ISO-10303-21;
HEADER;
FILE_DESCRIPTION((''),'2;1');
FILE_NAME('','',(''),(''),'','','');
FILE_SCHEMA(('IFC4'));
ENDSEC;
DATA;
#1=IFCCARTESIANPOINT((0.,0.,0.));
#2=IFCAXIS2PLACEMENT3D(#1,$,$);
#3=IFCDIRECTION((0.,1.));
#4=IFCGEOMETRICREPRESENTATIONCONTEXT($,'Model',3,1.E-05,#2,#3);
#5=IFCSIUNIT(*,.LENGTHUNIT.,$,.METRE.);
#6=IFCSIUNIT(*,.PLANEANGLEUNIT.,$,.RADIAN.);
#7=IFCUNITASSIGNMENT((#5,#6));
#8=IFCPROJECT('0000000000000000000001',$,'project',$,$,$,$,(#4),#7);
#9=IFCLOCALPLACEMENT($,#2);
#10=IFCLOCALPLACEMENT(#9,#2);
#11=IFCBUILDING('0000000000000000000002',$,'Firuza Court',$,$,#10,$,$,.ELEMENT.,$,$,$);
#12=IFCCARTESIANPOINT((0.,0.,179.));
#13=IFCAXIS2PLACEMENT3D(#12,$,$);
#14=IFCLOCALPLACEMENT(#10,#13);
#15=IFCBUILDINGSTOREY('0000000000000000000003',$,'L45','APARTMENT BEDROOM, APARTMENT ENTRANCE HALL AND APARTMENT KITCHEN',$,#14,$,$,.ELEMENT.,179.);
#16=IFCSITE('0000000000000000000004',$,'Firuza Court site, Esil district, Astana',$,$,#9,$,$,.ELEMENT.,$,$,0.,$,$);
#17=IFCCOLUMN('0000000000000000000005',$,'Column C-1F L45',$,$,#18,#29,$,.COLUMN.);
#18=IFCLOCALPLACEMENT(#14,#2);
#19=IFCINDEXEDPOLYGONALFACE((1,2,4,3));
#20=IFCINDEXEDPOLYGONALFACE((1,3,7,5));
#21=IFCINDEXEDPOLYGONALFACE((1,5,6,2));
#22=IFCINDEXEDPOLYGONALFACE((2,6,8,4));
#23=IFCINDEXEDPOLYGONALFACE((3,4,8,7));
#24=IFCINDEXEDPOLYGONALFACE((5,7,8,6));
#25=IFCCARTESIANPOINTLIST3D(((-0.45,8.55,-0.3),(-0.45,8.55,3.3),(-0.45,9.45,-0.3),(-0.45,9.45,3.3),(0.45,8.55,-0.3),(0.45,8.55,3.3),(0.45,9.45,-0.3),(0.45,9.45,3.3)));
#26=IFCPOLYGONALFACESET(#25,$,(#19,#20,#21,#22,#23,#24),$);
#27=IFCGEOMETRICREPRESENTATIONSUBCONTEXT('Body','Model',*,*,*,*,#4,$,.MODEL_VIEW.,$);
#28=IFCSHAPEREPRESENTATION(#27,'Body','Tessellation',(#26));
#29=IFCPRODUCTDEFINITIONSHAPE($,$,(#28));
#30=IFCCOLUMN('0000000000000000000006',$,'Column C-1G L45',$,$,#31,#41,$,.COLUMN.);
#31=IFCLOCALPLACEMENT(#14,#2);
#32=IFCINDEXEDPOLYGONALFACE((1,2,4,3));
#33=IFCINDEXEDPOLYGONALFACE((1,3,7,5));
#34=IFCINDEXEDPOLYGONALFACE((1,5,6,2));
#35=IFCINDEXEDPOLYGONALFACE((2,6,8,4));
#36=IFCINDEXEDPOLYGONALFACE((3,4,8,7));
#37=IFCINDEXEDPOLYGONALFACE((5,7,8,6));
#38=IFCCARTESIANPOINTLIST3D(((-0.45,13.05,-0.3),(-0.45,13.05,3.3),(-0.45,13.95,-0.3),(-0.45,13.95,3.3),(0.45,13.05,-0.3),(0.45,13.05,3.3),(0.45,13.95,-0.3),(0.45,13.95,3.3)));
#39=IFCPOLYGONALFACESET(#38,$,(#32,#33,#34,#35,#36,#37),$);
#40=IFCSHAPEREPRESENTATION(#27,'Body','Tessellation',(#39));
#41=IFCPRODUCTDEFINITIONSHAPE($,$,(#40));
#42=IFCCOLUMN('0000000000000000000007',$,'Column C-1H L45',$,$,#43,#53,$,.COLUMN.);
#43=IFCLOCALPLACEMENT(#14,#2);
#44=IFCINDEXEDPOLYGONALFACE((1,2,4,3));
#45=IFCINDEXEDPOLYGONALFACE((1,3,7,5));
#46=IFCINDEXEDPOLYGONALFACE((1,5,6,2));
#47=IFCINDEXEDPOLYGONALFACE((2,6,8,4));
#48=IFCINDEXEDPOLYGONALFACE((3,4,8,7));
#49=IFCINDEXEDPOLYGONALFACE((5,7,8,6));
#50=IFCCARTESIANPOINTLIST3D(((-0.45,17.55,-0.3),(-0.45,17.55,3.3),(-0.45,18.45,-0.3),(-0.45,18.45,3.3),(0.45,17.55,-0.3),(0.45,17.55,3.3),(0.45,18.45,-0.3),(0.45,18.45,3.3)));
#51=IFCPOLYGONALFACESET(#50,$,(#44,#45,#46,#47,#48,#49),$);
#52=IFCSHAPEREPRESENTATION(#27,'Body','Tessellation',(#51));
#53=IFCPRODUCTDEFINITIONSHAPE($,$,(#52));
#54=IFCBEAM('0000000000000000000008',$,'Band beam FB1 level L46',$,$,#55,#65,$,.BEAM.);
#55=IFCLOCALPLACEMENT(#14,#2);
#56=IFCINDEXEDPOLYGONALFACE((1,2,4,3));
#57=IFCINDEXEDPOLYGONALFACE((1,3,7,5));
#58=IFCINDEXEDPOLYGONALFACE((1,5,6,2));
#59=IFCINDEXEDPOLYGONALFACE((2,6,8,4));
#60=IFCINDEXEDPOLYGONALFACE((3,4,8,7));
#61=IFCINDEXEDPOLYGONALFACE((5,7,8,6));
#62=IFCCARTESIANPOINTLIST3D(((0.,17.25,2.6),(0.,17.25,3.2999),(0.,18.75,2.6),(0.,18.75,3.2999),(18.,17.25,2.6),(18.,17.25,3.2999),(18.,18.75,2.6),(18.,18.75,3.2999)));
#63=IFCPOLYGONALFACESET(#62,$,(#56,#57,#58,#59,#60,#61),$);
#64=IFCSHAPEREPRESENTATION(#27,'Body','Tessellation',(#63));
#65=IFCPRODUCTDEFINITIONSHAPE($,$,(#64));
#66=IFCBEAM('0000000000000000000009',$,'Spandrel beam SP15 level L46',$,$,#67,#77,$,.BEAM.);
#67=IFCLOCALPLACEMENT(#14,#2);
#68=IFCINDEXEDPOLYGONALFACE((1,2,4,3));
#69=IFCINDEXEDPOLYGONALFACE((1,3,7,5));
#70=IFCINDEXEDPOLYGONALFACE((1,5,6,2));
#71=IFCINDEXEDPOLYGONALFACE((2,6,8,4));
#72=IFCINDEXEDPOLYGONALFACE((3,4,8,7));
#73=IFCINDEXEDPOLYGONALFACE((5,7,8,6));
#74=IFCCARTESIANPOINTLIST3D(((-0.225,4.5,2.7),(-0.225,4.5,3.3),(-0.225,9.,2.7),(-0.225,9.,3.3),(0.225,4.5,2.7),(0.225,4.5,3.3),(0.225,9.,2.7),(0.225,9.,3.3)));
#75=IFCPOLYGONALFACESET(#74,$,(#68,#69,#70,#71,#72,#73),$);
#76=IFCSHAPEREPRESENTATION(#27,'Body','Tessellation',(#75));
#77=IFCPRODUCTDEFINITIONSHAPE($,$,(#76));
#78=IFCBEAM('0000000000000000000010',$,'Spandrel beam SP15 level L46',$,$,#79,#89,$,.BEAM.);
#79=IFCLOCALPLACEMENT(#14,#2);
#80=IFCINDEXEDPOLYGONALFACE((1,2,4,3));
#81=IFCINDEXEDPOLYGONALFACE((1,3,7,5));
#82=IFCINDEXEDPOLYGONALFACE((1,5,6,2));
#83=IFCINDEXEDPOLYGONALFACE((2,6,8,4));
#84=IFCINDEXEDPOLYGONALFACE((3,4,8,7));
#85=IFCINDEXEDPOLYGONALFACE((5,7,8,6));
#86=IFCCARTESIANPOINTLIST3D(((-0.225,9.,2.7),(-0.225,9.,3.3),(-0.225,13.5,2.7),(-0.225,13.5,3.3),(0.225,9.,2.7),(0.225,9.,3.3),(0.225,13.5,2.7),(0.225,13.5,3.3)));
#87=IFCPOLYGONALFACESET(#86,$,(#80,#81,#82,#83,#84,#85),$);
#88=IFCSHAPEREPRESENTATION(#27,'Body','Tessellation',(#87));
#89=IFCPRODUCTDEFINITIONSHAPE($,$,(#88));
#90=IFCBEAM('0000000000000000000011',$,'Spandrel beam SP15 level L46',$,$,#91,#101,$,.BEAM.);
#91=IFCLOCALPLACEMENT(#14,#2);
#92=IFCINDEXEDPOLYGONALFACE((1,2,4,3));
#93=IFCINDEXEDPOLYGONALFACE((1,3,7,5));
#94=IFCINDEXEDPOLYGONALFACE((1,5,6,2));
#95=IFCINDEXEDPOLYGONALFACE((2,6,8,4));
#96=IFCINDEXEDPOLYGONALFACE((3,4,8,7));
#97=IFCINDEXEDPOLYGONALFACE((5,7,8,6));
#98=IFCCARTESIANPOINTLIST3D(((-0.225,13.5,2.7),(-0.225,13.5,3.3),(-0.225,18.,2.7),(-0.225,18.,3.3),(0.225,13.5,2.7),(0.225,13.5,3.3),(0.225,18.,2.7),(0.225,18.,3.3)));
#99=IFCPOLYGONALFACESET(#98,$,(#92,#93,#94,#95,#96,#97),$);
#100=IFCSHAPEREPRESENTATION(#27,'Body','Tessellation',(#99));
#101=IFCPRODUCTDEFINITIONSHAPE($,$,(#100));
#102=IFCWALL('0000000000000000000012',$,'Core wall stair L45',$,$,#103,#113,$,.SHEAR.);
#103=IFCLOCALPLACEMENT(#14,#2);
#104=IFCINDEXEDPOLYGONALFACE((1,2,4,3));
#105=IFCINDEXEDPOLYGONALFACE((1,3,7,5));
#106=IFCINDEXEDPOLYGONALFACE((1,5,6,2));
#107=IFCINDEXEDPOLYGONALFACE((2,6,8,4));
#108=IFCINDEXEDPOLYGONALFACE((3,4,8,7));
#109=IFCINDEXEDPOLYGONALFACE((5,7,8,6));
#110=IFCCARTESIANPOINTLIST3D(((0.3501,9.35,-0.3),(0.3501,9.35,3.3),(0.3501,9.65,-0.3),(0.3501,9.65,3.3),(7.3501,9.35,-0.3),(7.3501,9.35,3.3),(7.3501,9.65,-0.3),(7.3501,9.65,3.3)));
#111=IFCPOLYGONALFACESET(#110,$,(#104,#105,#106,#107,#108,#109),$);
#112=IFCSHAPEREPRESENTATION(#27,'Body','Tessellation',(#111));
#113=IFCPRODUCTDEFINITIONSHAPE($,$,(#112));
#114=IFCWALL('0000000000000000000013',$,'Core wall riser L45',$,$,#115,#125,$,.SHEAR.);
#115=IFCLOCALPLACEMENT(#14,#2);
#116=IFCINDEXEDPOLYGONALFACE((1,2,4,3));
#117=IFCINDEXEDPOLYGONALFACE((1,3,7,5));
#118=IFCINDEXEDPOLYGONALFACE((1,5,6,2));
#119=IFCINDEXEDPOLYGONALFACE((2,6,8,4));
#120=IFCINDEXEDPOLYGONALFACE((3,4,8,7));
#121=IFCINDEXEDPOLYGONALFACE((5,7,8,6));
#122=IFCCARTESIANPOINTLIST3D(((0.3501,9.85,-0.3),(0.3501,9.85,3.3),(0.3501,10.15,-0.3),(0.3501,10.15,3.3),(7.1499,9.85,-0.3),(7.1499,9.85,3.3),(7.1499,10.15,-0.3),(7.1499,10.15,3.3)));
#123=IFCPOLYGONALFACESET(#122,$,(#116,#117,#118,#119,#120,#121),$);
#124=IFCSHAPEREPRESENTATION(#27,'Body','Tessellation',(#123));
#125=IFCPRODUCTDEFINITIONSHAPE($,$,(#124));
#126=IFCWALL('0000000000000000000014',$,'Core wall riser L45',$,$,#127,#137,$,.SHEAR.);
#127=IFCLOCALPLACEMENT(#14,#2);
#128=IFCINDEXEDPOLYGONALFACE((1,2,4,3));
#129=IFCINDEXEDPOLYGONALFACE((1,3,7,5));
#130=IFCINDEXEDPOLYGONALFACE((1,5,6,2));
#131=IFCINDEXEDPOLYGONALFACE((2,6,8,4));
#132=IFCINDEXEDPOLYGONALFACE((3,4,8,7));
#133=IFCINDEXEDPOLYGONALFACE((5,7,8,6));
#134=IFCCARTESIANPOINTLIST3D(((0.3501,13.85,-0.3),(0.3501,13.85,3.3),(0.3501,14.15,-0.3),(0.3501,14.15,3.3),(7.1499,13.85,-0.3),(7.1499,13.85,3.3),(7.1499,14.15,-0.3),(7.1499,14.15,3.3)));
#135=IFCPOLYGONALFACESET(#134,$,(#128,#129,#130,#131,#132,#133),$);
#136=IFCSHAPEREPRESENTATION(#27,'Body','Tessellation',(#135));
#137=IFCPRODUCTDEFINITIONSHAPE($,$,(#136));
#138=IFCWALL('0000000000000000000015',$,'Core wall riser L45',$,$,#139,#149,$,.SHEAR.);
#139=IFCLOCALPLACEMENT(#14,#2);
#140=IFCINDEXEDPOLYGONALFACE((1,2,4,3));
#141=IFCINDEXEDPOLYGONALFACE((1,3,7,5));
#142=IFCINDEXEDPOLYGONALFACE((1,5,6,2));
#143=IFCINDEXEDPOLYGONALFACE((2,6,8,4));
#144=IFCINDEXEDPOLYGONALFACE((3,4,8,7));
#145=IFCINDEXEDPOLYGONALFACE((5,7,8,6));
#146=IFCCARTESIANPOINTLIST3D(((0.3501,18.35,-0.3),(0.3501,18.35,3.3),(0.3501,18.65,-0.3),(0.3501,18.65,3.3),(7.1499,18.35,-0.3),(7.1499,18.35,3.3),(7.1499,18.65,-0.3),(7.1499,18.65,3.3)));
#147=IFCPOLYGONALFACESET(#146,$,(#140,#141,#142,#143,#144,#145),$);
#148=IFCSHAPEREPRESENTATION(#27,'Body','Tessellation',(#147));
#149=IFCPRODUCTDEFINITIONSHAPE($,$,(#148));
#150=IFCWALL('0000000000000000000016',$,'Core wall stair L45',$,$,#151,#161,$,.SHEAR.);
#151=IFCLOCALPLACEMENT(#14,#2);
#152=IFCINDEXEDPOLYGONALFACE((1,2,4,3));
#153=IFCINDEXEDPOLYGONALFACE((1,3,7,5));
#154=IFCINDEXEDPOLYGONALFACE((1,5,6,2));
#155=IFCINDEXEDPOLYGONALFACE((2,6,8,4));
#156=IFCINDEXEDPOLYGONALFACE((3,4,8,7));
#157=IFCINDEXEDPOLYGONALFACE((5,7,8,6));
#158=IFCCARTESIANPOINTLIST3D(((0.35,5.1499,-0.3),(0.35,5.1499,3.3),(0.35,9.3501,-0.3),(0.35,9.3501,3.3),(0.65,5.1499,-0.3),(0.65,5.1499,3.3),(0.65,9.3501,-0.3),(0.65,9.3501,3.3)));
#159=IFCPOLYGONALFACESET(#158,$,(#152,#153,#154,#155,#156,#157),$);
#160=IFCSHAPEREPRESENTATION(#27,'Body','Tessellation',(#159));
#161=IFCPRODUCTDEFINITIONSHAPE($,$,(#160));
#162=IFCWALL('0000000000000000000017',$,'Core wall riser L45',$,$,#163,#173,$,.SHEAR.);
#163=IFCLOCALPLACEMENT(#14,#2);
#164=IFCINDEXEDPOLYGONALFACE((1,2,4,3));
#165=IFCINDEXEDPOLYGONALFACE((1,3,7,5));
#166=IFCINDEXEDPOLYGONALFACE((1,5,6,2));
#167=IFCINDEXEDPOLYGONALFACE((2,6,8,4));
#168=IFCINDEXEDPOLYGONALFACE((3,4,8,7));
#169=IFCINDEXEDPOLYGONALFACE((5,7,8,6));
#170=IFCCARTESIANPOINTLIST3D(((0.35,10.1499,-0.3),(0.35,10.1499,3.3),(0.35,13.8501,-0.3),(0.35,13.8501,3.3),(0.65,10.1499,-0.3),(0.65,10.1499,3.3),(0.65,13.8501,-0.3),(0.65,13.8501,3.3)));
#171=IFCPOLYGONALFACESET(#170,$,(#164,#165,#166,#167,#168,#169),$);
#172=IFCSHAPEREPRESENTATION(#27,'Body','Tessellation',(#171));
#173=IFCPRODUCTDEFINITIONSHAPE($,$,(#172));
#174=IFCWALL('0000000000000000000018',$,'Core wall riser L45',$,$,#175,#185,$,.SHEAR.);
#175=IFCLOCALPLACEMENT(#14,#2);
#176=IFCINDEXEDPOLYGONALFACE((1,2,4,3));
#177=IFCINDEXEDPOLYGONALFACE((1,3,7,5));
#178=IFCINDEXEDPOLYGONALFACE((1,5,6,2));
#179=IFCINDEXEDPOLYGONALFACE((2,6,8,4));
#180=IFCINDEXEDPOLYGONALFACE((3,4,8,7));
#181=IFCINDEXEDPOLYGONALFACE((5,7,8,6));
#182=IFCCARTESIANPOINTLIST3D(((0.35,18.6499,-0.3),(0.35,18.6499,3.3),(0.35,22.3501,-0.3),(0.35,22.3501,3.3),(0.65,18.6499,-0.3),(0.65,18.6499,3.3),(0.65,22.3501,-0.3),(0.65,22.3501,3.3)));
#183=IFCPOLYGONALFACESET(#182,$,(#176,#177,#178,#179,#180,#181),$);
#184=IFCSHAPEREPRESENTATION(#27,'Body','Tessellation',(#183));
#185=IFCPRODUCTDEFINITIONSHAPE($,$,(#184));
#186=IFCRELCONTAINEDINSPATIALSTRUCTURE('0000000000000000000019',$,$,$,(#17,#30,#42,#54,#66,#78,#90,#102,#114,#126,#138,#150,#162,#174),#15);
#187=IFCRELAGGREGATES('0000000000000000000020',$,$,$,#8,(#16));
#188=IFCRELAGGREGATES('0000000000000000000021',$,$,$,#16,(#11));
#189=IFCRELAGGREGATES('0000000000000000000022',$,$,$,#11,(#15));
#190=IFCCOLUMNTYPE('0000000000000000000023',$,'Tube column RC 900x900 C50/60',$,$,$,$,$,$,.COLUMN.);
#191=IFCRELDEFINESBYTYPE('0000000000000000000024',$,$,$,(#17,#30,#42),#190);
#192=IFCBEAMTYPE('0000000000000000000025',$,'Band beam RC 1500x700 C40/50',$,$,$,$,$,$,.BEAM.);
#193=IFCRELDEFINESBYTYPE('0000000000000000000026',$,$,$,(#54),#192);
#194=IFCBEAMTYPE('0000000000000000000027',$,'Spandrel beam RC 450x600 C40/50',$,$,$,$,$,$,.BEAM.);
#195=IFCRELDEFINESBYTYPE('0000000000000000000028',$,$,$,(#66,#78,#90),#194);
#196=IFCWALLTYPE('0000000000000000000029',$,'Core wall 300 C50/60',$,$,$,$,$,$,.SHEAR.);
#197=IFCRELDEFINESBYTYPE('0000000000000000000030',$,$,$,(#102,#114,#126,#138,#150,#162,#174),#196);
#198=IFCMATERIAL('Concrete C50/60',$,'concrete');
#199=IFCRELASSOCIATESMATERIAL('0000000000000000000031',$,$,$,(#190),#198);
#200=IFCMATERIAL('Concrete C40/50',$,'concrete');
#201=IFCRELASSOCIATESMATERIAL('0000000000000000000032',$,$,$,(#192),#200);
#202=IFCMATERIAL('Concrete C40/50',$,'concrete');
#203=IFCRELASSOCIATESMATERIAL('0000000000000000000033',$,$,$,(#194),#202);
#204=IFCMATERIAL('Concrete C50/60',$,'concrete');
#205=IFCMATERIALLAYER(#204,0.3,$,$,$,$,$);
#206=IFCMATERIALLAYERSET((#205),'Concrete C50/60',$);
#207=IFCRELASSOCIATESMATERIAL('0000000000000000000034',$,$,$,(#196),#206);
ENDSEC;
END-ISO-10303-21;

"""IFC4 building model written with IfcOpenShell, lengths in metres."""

from ifc_helpers import new_model, si_unit, direction, frame, frame_2d, origin, origin_2d, place, context, subcontext, project, spatial, rectangle, extrude, material, layer, layer_set, material_profile, profile_set, type_object, element, save


model = new_model("IFC4")

# Units and contexts
model_context = context("Model", 3, precision=1e-05, world=origin(), true_north=direction((0.0, 1.0)))
body_context = subcontext(model_context, "Body", "Model", "MODEL_VIEW")
ifc_project = project(units=[si_unit("LENGTHUNIT", "METRE"), si_unit("PLANEANGLEUNIT", "RADIAN")], contexts=[model_context])

# Site, building, storey
site_placement = place(None, origin())
site = spatial("IfcSite", under=ifc_project, at=site_placement, Name="Firuza Court site, Esil district, Astana", CompositionType="ELEMENT", RefElevation=0.0)
building_placement = place(site_placement, origin())
building = spatial("IfcBuilding", under=site, at=building_placement, Name="Firuza Court", CompositionType="ELEMENT")
storey_placement = place(building_placement, frame((0.0, 0.0, 179.0)))
storey = spatial("IfcBuildingStorey", under=building, at=storey_placement, Name="L45", Description="APARTMENT BEDROOM, APARTMENT ENTRANCE HALL AND APARTMENT KITCHEN", CompositionType="ELEMENT", Elevation=179.0)

# Columns
ifc_material_1 = material(Name="Concrete C50/60", Category="concrete")
ifc_material_profile_1 = material_profile(ifc_material_1, rectangle(XDim=0.8999, YDim=0.8999, at=origin_2d()), Name="RC 900x900")
ifc_profile_set_1 = profile_set([ifc_material_profile_1], Name="Concrete C50/60")
column_type = type_object("IfcColumnType", Name="Tube column RC 900x900 C50/60", PredefinedType="COLUMN", material=ifc_profile_set_1)
for number, where, z_axis, x_axis, name in (
    (1, (0.0, 9.0, -0.3), (0.0, 0.0, 1.0), (1.0, 0.0, 0.0), "Column C-1F L45"),
    (2, (0.0, 13.5, -0.3), (0.0, 0.0, 1.0), (1.0, 0.0, 0.0), "Column C-1G L45"),
    (3, (0.0, 18.0, -0.3), (0.0, 0.0, 1.0), (1.0, 0.0, 0.0), "Column C-1H L45"),
):
    element("IfcColumn", number, at=place(storey_placement, frame(where, z_axis=z_axis, x_axis=x_axis)), inside=storey, type_object=column_type, Name=name, PredefinedType="COLUMN", context=body_context, shape_type="SweptSolid", body=[
        extrude(rectangle(XDim=0.8999, YDim=0.8999, at=origin_2d()), origin(), (0.0, 0.0, 1.0), 3.6001),
    ])

# Beams
ifc_material_2 = material(Name="Concrete C40/50", Category="concrete")
ifc_material_profile_2 = material_profile(ifc_material_2, rectangle(XDim=1.5, YDim=0.7, at=origin_2d()), Name="RC 1500x700")
ifc_profile_set_2 = profile_set([ifc_material_profile_2], Name="Concrete C40/50")
beam_type_1 = type_object("IfcBeamType", Name="Band beam RC 1500x700 C40/50", PredefinedType="BEAM", material=ifc_profile_set_2)
beam_placement = place(storey_placement, frame((0.0, 18.0, 2.95), z_axis=(1.0, 0.0, 0.0), x_axis=(0.0, 1.0, 0.0)))
element("IfcBeam", 4, at=beam_placement, inside=storey, type_object=beam_type_1, Name="Band beam FB1 level L46", PredefinedType="BEAM", context=body_context, shape_type="SweptSolid", body=[
    extrude(rectangle(XDim=1.5, YDim=0.7, at=origin_2d()), origin(), (0.0, 0.0, 1.0), 18.0),
])
ifc_material_3 = material(Name="Concrete C40/50", Category="concrete")
ifc_material_profile_3 = material_profile(ifc_material_3, rectangle(XDim=0.45, YDim=0.6001, at=origin_2d()), Name="RC 450x600")
ifc_profile_set_3 = profile_set([ifc_material_profile_3], Name="Concrete C40/50")
beam_type_2 = type_object("IfcBeamType", Name="Spandrel beam RC 450x600 C40/50", PredefinedType="BEAM", material=ifc_profile_set_3)
for number, where, z_axis, x_axis, name in (
    (5, (0.0, 9.0, 3.0), (0.0, -1.0, 0.0), (1.0, 0.0, 0.0), "Spandrel beam SP15 level L46"),
    (6, (0.0, 13.5, 3.0), (0.0, -1.0, 0.0), (1.0, 0.0, 0.0), "Spandrel beam SP15 level L46"),
    (7, (0.0, 18.0, 3.0), (0.0, -1.0, 0.0), (1.0, 0.0, 0.0), "Spandrel beam SP15 level L46"),
):
    element("IfcBeam", number, at=place(storey_placement, frame(where, z_axis=z_axis, x_axis=x_axis)), inside=storey, type_object=beam_type_2, Name=name, PredefinedType="BEAM", context=body_context, shape_type="SweptSolid", body=[
        extrude(rectangle(XDim=0.45, YDim=0.6001, at=origin_2d()), origin(), (0.0, 0.0, 1.0), 4.5),
    ])

# Walls
ifc_material_4 = material(Name="Concrete C50/60", Category="concrete")
ifc_layer_1 = layer(ifc_material_4, 0.3)
ifc_layer_set_1 = layer_set([ifc_layer_1], Name="Concrete C50/60")
wall_type_1 = type_object("IfcWallType", Name="Core wall 300 C50/60", PredefinedType="SHEAR", material=ifc_layer_set_1)
wall_1_placement = place(storey_placement, frame((0.3501, 9.5, -0.3), z_axis=(0.0, 0.0, 1.0), x_axis=(1.0, 0.0, 0.0)))
element("IfcWall", 8, at=wall_1_placement, inside=storey, type_object=wall_type_1, Name="Core wall stair L45", PredefinedType="SHEAR", context=body_context, shape_type="SweptSolid", body=[
    extrude(rectangle(XDim=7.0, YDim=0.3, at=frame_2d((3.5, 0.0))), origin(), (0.0, 0.0, 1.0), 3.6001),
])
for number, where, z_axis, x_axis, name in (
    (9, (0.3501, 10.0, -0.3), (0.0, 0.0, 1.0), (1.0, 0.0, 0.0), "Core wall riser L45"),
    (10, (0.3501, 14.0, -0.3), (0.0, 0.0, 1.0), (1.0, 0.0, 0.0), "Core wall riser L45"),
    (11, (0.3501, 18.5, -0.3), (0.0, 0.0, 1.0), (1.0, 0.0, 0.0), "Core wall riser L45"),
):
    element("IfcWall", number, at=place(storey_placement, frame(where, z_axis=z_axis, x_axis=x_axis)), inside=storey, type_object=wall_type_1, Name=name, PredefinedType="SHEAR", context=body_context, shape_type="SweptSolid", body=[
        extrude(rectangle(XDim=6.7998, YDim=0.3, at=frame_2d((3.3999, 0.0))), origin(), (0.0, 0.0, 1.0), 3.6001),
    ])
wall_2_placement = place(storey_placement, frame((0.5, 5.1499, -0.3), z_axis=(0.0, 0.0, 1.0), x_axis=(0.0, 1.0, 0.0)))
element("IfcWall", 12, at=wall_2_placement, inside=storey, type_object=wall_type_1, Name="Core wall stair L45", PredefinedType="SHEAR", context=body_context, shape_type="SweptSolid", body=[
    extrude(rectangle(XDim=4.2002, YDim=0.3, at=frame_2d((2.1001, 0.0))), origin(), (0.0, 0.0, 1.0), 3.6001),
])
for number, where, z_axis, x_axis, name in (
    (13, (0.5, 10.1499, -0.3), (0.0, 0.0, 1.0), (0.0, 1.0, 0.0), "Core wall riser L45"),
    (14, (0.5, 18.6499, -0.3), (0.0, 0.0, 1.0), (0.0, 1.0, 0.0), "Core wall riser L45"),
):
    element("IfcWall", number, at=place(storey_placement, frame(where, z_axis=z_axis, x_axis=x_axis)), inside=storey, type_object=wall_type_1, Name=name, PredefinedType="SHEAR", context=body_context, shape_type="SweptSolid", body=[
        extrude(rectangle(XDim=3.7002, YDim=0.3, at=frame_2d((1.8501, 0.0))), origin(), (0.0, 0.0, 1.0), 3.6001),
    ])

save(model, "model.ifc")
